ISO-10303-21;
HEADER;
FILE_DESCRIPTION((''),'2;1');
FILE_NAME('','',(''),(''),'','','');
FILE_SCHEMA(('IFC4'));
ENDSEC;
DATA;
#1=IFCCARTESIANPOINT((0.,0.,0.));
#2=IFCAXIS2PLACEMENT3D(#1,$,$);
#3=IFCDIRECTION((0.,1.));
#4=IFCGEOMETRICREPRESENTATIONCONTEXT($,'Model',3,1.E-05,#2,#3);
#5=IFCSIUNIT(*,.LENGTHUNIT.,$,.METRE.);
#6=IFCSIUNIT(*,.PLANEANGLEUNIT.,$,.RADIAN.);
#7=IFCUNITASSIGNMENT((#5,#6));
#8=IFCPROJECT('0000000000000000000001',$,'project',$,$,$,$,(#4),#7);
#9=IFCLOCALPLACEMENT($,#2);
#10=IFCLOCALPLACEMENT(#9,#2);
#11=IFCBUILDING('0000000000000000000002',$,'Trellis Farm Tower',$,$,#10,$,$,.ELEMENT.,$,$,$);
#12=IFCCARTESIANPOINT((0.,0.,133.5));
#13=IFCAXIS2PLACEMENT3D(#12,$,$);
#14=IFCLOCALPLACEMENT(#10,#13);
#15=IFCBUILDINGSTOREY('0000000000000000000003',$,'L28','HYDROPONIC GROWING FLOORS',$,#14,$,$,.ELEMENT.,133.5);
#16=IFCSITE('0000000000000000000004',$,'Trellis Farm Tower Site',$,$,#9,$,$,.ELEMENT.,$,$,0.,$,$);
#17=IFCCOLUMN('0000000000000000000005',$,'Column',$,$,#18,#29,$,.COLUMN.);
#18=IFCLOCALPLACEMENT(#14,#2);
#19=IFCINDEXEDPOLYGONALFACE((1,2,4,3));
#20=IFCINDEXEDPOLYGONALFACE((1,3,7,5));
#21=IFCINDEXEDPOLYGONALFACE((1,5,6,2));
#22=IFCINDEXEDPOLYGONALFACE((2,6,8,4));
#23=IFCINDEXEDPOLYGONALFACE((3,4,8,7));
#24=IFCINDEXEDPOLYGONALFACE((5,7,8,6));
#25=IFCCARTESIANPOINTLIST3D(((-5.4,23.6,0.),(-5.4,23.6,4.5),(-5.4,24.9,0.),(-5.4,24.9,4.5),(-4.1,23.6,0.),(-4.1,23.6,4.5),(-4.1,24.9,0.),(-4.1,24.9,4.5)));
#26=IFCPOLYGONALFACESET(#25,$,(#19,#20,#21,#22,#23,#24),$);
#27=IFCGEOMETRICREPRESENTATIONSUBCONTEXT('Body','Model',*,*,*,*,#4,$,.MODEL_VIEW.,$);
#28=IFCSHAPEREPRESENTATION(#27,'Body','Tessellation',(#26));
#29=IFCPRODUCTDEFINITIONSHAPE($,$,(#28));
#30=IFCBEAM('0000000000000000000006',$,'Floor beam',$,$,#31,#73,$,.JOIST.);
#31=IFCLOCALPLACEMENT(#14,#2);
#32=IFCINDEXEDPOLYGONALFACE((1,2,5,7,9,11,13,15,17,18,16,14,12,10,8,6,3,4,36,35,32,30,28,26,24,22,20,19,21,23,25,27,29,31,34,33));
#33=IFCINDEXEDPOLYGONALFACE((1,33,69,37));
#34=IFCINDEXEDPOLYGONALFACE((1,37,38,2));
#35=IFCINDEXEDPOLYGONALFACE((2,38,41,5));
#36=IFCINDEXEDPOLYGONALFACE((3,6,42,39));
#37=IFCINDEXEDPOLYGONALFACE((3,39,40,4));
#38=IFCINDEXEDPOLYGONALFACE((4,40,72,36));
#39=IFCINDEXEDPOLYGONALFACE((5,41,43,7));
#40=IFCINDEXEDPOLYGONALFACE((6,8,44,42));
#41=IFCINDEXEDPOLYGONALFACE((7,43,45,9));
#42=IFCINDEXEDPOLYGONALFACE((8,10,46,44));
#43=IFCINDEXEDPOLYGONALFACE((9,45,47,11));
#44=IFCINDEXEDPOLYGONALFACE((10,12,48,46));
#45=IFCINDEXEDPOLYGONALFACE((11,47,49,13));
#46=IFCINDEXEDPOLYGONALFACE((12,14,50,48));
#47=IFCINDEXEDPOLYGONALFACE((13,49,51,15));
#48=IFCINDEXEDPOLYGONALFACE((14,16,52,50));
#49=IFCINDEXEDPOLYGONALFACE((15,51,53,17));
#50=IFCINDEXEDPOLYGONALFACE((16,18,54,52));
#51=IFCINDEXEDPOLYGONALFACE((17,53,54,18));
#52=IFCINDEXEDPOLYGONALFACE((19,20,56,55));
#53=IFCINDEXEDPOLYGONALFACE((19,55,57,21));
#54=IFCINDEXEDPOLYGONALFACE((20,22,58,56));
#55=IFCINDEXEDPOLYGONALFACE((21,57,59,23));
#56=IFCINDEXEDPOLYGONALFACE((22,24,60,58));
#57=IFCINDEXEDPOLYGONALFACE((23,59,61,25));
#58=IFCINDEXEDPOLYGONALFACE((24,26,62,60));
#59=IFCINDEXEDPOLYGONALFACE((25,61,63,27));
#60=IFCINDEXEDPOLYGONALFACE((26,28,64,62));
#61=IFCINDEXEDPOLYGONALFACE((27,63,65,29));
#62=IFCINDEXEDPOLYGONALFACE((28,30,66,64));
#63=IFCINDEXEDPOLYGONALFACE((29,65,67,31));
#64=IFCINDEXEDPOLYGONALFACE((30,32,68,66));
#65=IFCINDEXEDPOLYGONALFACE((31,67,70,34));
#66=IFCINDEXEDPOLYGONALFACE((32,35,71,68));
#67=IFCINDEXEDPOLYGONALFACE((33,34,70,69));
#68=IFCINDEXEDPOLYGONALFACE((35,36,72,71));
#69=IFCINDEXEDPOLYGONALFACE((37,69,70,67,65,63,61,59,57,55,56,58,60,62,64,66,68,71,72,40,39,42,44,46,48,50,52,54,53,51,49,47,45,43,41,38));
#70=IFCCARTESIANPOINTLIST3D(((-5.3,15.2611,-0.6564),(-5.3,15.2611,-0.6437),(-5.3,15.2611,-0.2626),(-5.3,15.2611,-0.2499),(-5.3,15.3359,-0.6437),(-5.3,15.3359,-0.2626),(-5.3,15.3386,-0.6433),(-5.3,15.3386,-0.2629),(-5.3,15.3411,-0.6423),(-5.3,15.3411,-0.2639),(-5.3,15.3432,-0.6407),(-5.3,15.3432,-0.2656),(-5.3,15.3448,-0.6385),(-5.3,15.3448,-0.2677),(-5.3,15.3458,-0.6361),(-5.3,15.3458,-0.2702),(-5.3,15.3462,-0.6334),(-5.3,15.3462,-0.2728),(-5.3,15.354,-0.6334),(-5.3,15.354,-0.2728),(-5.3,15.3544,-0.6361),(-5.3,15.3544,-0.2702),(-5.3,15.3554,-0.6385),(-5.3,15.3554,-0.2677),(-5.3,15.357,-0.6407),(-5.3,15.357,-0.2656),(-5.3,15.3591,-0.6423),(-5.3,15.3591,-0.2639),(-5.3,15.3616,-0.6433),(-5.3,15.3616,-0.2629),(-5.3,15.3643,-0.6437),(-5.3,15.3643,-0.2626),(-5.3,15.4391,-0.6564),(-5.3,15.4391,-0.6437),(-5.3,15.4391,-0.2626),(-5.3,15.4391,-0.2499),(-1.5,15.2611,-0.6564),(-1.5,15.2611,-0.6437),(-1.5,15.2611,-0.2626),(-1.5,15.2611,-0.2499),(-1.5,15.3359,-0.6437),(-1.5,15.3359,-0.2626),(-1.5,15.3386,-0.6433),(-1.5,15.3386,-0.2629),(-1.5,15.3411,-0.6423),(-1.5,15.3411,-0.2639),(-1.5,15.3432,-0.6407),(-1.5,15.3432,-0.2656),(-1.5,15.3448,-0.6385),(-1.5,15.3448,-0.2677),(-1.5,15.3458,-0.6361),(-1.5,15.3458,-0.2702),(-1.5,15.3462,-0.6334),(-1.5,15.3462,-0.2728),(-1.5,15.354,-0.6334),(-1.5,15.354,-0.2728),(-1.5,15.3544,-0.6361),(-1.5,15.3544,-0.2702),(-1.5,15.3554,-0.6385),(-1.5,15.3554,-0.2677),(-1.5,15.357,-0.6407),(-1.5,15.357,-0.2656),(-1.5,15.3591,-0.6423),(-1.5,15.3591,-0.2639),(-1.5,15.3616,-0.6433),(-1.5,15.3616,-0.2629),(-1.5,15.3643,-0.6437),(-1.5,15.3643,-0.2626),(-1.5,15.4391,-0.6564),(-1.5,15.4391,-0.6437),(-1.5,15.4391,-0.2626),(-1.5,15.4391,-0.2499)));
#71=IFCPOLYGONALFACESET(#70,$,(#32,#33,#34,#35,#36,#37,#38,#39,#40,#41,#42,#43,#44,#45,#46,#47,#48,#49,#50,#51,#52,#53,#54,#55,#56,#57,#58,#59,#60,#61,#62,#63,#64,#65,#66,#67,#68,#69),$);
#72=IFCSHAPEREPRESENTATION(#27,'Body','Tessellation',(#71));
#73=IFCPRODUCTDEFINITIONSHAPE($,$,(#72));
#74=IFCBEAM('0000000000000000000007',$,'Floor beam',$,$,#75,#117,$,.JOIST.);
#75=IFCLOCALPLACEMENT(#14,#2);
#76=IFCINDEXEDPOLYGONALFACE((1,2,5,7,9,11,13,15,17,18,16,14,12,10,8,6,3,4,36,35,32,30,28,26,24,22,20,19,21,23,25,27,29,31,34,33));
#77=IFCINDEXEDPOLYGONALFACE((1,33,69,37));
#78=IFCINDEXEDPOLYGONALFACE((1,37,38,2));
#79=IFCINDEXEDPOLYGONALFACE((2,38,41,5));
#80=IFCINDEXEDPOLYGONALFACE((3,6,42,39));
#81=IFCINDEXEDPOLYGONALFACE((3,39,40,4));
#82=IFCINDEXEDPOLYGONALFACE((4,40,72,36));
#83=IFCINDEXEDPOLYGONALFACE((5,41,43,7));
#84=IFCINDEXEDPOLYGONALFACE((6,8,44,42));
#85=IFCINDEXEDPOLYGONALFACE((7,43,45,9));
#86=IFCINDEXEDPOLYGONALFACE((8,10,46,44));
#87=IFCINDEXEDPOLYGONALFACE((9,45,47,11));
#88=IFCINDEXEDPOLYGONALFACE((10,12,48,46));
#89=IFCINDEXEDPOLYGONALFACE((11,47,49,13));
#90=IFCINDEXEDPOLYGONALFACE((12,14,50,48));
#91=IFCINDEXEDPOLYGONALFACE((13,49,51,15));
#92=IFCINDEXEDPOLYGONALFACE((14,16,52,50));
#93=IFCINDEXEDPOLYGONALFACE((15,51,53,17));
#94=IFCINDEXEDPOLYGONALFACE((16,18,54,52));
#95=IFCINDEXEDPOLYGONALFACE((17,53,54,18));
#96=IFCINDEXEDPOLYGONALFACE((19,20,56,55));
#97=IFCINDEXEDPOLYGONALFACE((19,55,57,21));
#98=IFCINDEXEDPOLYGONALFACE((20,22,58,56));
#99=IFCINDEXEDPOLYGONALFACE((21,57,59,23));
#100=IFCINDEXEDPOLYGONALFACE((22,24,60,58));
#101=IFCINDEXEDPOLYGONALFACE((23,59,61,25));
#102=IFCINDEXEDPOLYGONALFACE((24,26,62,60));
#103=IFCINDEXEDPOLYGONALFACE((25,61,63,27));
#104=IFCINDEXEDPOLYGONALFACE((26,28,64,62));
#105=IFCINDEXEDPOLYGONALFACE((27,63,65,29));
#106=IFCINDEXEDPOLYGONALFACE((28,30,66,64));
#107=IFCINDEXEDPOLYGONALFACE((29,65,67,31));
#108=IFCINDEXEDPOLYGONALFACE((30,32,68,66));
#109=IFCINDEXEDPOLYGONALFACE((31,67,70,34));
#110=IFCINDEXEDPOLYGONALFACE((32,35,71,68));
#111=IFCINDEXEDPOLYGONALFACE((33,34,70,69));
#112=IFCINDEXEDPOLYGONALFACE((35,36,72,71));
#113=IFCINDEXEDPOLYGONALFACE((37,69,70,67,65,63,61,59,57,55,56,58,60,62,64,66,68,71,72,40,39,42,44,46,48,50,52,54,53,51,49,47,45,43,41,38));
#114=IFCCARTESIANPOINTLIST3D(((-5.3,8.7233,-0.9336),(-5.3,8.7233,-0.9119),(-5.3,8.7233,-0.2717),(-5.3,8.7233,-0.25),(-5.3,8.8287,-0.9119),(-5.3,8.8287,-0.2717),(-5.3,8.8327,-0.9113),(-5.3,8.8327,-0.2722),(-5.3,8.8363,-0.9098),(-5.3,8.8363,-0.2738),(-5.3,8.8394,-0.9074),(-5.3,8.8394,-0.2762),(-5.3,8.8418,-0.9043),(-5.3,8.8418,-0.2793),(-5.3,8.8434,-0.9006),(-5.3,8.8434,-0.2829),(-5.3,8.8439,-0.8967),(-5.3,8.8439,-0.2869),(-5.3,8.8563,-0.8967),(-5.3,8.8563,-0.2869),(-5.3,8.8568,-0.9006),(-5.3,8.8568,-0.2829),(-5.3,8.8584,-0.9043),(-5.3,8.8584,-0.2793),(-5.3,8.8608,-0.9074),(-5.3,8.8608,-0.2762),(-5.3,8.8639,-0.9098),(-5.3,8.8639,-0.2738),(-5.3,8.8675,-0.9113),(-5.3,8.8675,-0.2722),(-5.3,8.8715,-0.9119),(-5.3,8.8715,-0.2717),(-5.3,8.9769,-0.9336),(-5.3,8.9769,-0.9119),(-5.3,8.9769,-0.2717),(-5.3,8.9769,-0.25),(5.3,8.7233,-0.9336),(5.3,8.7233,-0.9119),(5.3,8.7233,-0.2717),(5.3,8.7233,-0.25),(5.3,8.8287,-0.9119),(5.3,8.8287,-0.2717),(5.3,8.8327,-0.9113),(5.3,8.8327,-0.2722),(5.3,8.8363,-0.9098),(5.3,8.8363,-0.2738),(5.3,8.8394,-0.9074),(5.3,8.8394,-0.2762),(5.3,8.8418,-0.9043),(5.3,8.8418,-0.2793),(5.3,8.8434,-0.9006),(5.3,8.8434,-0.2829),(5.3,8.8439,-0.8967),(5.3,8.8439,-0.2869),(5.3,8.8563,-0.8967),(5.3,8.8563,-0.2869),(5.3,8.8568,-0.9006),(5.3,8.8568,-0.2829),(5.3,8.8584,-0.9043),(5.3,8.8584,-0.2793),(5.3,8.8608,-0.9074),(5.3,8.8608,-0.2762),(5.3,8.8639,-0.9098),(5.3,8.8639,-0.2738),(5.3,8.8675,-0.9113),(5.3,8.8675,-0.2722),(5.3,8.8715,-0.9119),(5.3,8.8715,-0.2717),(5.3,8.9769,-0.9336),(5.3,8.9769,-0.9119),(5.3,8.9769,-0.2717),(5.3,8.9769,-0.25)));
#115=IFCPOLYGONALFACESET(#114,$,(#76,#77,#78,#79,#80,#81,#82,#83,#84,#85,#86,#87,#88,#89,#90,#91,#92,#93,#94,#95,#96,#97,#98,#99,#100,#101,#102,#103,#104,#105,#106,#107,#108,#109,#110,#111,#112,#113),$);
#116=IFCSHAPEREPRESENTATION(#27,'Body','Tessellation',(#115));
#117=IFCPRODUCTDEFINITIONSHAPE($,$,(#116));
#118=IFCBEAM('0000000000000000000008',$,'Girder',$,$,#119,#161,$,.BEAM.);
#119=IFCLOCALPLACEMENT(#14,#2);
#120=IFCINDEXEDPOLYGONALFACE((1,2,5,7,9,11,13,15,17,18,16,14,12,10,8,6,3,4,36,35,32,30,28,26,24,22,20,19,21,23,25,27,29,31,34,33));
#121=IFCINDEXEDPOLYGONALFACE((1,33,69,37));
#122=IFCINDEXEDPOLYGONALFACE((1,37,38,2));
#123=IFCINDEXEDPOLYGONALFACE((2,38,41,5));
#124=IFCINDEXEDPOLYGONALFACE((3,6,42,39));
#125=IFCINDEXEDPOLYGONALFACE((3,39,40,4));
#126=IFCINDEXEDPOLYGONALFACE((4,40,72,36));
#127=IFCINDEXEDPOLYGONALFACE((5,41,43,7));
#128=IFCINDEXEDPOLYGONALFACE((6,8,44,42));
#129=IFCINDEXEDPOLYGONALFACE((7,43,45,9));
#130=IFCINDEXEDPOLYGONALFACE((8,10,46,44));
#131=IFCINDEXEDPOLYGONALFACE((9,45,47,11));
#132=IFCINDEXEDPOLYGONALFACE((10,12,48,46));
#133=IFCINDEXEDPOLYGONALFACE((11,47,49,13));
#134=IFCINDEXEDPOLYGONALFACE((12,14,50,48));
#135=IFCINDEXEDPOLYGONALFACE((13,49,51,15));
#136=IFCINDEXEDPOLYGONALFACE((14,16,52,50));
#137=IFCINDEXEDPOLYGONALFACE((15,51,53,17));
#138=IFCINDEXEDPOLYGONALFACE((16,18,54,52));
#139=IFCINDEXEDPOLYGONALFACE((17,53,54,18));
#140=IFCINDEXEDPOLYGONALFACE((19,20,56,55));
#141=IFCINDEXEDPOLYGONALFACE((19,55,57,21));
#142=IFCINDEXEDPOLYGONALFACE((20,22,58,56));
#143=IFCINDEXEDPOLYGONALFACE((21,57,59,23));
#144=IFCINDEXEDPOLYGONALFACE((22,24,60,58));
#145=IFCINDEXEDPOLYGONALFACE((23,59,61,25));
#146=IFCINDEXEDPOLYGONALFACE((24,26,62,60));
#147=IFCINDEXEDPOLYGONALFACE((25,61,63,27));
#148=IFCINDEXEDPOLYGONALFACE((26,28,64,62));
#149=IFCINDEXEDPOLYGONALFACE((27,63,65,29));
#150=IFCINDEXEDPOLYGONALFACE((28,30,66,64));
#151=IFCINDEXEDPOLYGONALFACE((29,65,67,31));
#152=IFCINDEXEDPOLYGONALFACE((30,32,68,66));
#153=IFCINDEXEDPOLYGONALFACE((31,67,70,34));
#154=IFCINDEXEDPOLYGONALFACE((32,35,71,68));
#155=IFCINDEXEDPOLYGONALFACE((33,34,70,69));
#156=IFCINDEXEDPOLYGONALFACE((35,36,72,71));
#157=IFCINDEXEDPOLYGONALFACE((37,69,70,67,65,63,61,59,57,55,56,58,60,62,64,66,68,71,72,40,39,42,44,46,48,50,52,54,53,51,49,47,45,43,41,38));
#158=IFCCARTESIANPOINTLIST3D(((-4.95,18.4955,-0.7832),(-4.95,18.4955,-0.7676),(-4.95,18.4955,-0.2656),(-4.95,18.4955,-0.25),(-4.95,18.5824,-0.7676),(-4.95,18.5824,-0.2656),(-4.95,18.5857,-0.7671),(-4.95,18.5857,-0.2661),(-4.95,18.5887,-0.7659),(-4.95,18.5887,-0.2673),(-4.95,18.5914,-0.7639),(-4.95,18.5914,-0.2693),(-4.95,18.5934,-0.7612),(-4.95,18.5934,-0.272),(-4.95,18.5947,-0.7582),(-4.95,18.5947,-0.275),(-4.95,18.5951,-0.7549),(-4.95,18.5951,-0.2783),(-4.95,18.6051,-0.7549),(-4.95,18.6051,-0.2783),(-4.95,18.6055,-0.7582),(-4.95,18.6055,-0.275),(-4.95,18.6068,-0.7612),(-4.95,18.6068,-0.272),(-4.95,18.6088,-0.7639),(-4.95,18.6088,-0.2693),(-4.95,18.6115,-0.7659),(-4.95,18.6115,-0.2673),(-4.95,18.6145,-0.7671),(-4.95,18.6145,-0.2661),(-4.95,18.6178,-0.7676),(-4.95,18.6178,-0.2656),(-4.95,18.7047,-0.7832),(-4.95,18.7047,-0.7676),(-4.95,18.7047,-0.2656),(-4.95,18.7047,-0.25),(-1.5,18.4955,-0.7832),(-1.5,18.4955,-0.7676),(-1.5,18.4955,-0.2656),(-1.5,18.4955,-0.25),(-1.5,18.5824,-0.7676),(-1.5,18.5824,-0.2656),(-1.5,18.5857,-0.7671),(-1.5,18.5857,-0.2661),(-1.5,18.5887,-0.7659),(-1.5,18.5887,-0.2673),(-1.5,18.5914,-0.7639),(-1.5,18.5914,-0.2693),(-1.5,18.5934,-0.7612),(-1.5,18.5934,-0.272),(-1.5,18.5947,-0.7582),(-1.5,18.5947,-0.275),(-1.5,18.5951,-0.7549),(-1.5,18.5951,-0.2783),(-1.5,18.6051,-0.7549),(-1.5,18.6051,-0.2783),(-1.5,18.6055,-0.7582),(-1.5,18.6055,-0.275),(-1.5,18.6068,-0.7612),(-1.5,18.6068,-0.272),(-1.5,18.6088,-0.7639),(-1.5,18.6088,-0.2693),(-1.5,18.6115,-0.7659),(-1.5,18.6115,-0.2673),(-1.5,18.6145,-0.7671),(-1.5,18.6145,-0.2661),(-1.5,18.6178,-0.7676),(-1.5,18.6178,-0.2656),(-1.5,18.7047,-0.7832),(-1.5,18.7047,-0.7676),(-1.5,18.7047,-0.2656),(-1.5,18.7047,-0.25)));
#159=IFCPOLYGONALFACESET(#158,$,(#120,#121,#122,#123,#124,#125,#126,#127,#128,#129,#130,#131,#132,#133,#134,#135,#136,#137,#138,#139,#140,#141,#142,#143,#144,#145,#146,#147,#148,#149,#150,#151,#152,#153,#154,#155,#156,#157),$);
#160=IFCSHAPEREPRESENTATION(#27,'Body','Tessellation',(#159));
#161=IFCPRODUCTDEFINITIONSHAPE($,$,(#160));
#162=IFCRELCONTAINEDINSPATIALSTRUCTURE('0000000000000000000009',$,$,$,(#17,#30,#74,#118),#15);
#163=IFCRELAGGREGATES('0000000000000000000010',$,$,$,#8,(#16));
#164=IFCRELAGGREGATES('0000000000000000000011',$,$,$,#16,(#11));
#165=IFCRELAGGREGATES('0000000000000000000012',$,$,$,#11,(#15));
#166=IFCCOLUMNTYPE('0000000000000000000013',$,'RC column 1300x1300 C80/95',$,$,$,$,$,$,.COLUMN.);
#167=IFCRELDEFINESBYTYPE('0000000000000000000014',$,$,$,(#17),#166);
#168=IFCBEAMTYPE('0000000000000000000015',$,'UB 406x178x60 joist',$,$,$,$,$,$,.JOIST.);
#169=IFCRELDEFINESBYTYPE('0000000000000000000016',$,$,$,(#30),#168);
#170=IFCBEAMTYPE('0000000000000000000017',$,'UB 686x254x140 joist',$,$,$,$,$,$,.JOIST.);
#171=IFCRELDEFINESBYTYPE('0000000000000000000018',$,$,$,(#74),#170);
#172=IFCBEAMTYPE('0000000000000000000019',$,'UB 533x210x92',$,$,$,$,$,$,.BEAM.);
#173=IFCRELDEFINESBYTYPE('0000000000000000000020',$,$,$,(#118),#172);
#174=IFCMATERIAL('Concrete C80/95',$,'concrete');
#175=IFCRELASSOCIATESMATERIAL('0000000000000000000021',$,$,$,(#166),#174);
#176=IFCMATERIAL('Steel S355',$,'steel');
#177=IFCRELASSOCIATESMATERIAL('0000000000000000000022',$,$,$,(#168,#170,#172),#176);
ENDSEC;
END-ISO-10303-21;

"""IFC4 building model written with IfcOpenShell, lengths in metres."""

from ifc_helpers import new_model, si_unit, direction, frame, origin, origin_2d, place, context, subcontext, project, spatial, rectangle, i_section, extrude, source, transform, mapped, material, material_profile, profile_set, type_object, element, save


model = new_model("IFC4")

# Units and contexts
model_context = context("Model", 3, precision=1e-05, world=origin(), true_north=direction((0.0, 1.0)))
body_context = subcontext(model_context, "Body", "Model", "MODEL_VIEW")
ifc_project = project(units=[si_unit("LENGTHUNIT", "METRE"), si_unit("PLANEANGLEUNIT", "RADIAN")], contexts=[model_context])

# Site, building, storey
site_placement = place(None, origin())
site = spatial("IfcSite", under=ifc_project, at=site_placement, Name="Trellis Farm Tower Site", CompositionType="ELEMENT", RefElevation=0.0)
building_placement = place(site_placement, origin())
building = spatial("IfcBuilding", under=site, at=building_placement, Name="Trellis Farm Tower", CompositionType="ELEMENT")
storey_placement = place(building_placement, frame((0.0, 0.0, 133.5)))
storey = spatial("IfcBuildingStorey", under=building, at=storey_placement, Name="L28", Description="HYDROPONIC GROWING FLOORS", CompositionType="ELEMENT", Elevation=133.5)

# Column
ifc_material_1 = material(Name="Concrete C80/95", Category="concrete")
ifc_material_profile_1 = material_profile(ifc_material_1, rectangle(XDim=1.3, YDim=1.3, at=origin_2d()), Name="RC column 1300x1300 C80/95")
ifc_profile_set_1 = profile_set([ifc_material_profile_1], Name="Concrete C80/95")
column_type = type_object("IfcColumnType", Name="RC column 1300x1300 C80/95", PredefinedType="COLUMN", material=ifc_profile_set_1)
shared_shape_1 = source(origin(), body_context, "Body", "SweptSolid", [
    extrude(rectangle(XDim=1.3, YDim=1.3, at=origin_2d()), origin(), (0.0, 0.0, 1.0), 4.5),
])
column_placement = place(storey_placement, frame((-4.75, 24.25, 0.0), z_axis=(0.0, 0.0, 1.0), x_axis=(1.0, 0.0, 0.0)))
element("IfcColumn", 1, at=column_placement, inside=storey, type_object=column_type, Name="Column", PredefinedType="COLUMN", context=body_context, shape_type="MappedRepresentation", body=[
    mapped(shared_shape_1, transform((0.0, 0.0, 0.0))),
])

# Beams
ifc_material_2 = material(Name="Steel S355", Category="steel")
ifc_material_profile_2 = material_profile(ifc_material_2, i_section(OverallWidth=0.178, OverallDepth=0.4065, WebThickness=0.0078, FlangeThickness=0.0127, FilletRadius=0.0103, at=origin_2d()), Name="UB 406x178x60")
ifc_profile_set_2 = profile_set([ifc_material_profile_2], Name="Steel S355")
beam_type_1 = type_object("IfcBeamType", Name="UB 406x178x60 joist", PredefinedType="JOIST", material=ifc_profile_set_2)
shared_shape_2 = source(origin(), body_context, "Body", "SweptSolid", [
    extrude(i_section(OverallWidth=0.178, OverallDepth=0.4065, WebThickness=0.0078, FlangeThickness=0.0127, FilletRadius=0.0103, at=origin_2d()), origin(), (0.0, 0.0, 1.0), 3.8),
])
beam_1_placement = place(storey_placement, frame((-5.3, 15.3501, -0.4531), z_axis=(1.0, 0.0, 0.0), x_axis=(0.0, 1.0, 0.0)))
element("IfcBeam", 2, at=beam_1_placement, inside=storey, type_object=beam_type_1, Name="Floor beam", PredefinedType="JOIST", context=body_context, shape_type="MappedRepresentation", body=[
    mapped(shared_shape_2, transform((0.0, 0.0, 0.0))),
])
ifc_material_profile_3 = material_profile(ifc_material_2, i_section(OverallWidth=0.2537, OverallDepth=0.6836, WebThickness=0.0125, FlangeThickness=0.0217, FilletRadius=0.0151, at=origin_2d()), Name="UB 686x254x140")
ifc_profile_set_3 = profile_set([ifc_material_profile_3], Name="Steel S355")
beam_type_2 = type_object("IfcBeamType", Name="UB 686x254x140 joist", PredefinedType="JOIST", material=ifc_profile_set_3)
shared_shape_3 = source(origin(), body_context, "Body", "SweptSolid", [
    extrude(i_section(OverallWidth=0.2537, OverallDepth=0.6836, WebThickness=0.0125, FlangeThickness=0.0217, FilletRadius=0.0151, at=origin_2d()), origin(), (0.0, 0.0, 1.0), 10.6001),
])
beam_2_placement = place(storey_placement, frame((-5.3, 8.8501, -0.5918), z_axis=(1.0, 0.0, 0.0), x_axis=(0.0, 1.0, 0.0)))
element("IfcBeam", 3, at=beam_2_placement, inside=storey, type_object=beam_type_2, Name="Floor beam", PredefinedType="JOIST", context=body_context, shape_type="MappedRepresentation", body=[
    mapped(shared_shape_3, transform((0.0, 0.0, 0.0))),
])
ifc_material_profile_4 = material_profile(ifc_material_2, i_section(OverallWidth=0.2092, OverallDepth=0.5332, WebThickness=0.01, FlangeThickness=0.0156, FilletRadius=0.0127, at=origin_2d()), Name="UB 533x210x92")
ifc_profile_set_4 = profile_set([ifc_material_profile_4], Name="Steel S355")
beam_type_3 = type_object("IfcBeamType", Name="UB 533x210x92", PredefinedType="BEAM", material=ifc_profile_set_4)
shared_shape_4 = source(origin(), body_context, "Body", "SweptSolid", [
    extrude(i_section(OverallWidth=0.2092, OverallDepth=0.5332, WebThickness=0.01, FlangeThickness=0.0156, FilletRadius=0.0127, at=origin_2d()), origin(), (0.0, 0.0, 1.0), 3.45),
])
beam_3_placement = place(storey_placement, frame((-4.95, 18.6001, -0.5166), z_axis=(1.0, 0.0, 0.0), x_axis=(0.0, 1.0, 0.0)))
element("IfcBeam", 4, at=beam_3_placement, inside=storey, type_object=beam_type_3, Name="Girder", PredefinedType="BEAM", context=body_context, shape_type="MappedRepresentation", body=[
    mapped(shared_shape_4, transform((0.0, 0.0, 0.0))),
])

save(model, "model.ifc")
